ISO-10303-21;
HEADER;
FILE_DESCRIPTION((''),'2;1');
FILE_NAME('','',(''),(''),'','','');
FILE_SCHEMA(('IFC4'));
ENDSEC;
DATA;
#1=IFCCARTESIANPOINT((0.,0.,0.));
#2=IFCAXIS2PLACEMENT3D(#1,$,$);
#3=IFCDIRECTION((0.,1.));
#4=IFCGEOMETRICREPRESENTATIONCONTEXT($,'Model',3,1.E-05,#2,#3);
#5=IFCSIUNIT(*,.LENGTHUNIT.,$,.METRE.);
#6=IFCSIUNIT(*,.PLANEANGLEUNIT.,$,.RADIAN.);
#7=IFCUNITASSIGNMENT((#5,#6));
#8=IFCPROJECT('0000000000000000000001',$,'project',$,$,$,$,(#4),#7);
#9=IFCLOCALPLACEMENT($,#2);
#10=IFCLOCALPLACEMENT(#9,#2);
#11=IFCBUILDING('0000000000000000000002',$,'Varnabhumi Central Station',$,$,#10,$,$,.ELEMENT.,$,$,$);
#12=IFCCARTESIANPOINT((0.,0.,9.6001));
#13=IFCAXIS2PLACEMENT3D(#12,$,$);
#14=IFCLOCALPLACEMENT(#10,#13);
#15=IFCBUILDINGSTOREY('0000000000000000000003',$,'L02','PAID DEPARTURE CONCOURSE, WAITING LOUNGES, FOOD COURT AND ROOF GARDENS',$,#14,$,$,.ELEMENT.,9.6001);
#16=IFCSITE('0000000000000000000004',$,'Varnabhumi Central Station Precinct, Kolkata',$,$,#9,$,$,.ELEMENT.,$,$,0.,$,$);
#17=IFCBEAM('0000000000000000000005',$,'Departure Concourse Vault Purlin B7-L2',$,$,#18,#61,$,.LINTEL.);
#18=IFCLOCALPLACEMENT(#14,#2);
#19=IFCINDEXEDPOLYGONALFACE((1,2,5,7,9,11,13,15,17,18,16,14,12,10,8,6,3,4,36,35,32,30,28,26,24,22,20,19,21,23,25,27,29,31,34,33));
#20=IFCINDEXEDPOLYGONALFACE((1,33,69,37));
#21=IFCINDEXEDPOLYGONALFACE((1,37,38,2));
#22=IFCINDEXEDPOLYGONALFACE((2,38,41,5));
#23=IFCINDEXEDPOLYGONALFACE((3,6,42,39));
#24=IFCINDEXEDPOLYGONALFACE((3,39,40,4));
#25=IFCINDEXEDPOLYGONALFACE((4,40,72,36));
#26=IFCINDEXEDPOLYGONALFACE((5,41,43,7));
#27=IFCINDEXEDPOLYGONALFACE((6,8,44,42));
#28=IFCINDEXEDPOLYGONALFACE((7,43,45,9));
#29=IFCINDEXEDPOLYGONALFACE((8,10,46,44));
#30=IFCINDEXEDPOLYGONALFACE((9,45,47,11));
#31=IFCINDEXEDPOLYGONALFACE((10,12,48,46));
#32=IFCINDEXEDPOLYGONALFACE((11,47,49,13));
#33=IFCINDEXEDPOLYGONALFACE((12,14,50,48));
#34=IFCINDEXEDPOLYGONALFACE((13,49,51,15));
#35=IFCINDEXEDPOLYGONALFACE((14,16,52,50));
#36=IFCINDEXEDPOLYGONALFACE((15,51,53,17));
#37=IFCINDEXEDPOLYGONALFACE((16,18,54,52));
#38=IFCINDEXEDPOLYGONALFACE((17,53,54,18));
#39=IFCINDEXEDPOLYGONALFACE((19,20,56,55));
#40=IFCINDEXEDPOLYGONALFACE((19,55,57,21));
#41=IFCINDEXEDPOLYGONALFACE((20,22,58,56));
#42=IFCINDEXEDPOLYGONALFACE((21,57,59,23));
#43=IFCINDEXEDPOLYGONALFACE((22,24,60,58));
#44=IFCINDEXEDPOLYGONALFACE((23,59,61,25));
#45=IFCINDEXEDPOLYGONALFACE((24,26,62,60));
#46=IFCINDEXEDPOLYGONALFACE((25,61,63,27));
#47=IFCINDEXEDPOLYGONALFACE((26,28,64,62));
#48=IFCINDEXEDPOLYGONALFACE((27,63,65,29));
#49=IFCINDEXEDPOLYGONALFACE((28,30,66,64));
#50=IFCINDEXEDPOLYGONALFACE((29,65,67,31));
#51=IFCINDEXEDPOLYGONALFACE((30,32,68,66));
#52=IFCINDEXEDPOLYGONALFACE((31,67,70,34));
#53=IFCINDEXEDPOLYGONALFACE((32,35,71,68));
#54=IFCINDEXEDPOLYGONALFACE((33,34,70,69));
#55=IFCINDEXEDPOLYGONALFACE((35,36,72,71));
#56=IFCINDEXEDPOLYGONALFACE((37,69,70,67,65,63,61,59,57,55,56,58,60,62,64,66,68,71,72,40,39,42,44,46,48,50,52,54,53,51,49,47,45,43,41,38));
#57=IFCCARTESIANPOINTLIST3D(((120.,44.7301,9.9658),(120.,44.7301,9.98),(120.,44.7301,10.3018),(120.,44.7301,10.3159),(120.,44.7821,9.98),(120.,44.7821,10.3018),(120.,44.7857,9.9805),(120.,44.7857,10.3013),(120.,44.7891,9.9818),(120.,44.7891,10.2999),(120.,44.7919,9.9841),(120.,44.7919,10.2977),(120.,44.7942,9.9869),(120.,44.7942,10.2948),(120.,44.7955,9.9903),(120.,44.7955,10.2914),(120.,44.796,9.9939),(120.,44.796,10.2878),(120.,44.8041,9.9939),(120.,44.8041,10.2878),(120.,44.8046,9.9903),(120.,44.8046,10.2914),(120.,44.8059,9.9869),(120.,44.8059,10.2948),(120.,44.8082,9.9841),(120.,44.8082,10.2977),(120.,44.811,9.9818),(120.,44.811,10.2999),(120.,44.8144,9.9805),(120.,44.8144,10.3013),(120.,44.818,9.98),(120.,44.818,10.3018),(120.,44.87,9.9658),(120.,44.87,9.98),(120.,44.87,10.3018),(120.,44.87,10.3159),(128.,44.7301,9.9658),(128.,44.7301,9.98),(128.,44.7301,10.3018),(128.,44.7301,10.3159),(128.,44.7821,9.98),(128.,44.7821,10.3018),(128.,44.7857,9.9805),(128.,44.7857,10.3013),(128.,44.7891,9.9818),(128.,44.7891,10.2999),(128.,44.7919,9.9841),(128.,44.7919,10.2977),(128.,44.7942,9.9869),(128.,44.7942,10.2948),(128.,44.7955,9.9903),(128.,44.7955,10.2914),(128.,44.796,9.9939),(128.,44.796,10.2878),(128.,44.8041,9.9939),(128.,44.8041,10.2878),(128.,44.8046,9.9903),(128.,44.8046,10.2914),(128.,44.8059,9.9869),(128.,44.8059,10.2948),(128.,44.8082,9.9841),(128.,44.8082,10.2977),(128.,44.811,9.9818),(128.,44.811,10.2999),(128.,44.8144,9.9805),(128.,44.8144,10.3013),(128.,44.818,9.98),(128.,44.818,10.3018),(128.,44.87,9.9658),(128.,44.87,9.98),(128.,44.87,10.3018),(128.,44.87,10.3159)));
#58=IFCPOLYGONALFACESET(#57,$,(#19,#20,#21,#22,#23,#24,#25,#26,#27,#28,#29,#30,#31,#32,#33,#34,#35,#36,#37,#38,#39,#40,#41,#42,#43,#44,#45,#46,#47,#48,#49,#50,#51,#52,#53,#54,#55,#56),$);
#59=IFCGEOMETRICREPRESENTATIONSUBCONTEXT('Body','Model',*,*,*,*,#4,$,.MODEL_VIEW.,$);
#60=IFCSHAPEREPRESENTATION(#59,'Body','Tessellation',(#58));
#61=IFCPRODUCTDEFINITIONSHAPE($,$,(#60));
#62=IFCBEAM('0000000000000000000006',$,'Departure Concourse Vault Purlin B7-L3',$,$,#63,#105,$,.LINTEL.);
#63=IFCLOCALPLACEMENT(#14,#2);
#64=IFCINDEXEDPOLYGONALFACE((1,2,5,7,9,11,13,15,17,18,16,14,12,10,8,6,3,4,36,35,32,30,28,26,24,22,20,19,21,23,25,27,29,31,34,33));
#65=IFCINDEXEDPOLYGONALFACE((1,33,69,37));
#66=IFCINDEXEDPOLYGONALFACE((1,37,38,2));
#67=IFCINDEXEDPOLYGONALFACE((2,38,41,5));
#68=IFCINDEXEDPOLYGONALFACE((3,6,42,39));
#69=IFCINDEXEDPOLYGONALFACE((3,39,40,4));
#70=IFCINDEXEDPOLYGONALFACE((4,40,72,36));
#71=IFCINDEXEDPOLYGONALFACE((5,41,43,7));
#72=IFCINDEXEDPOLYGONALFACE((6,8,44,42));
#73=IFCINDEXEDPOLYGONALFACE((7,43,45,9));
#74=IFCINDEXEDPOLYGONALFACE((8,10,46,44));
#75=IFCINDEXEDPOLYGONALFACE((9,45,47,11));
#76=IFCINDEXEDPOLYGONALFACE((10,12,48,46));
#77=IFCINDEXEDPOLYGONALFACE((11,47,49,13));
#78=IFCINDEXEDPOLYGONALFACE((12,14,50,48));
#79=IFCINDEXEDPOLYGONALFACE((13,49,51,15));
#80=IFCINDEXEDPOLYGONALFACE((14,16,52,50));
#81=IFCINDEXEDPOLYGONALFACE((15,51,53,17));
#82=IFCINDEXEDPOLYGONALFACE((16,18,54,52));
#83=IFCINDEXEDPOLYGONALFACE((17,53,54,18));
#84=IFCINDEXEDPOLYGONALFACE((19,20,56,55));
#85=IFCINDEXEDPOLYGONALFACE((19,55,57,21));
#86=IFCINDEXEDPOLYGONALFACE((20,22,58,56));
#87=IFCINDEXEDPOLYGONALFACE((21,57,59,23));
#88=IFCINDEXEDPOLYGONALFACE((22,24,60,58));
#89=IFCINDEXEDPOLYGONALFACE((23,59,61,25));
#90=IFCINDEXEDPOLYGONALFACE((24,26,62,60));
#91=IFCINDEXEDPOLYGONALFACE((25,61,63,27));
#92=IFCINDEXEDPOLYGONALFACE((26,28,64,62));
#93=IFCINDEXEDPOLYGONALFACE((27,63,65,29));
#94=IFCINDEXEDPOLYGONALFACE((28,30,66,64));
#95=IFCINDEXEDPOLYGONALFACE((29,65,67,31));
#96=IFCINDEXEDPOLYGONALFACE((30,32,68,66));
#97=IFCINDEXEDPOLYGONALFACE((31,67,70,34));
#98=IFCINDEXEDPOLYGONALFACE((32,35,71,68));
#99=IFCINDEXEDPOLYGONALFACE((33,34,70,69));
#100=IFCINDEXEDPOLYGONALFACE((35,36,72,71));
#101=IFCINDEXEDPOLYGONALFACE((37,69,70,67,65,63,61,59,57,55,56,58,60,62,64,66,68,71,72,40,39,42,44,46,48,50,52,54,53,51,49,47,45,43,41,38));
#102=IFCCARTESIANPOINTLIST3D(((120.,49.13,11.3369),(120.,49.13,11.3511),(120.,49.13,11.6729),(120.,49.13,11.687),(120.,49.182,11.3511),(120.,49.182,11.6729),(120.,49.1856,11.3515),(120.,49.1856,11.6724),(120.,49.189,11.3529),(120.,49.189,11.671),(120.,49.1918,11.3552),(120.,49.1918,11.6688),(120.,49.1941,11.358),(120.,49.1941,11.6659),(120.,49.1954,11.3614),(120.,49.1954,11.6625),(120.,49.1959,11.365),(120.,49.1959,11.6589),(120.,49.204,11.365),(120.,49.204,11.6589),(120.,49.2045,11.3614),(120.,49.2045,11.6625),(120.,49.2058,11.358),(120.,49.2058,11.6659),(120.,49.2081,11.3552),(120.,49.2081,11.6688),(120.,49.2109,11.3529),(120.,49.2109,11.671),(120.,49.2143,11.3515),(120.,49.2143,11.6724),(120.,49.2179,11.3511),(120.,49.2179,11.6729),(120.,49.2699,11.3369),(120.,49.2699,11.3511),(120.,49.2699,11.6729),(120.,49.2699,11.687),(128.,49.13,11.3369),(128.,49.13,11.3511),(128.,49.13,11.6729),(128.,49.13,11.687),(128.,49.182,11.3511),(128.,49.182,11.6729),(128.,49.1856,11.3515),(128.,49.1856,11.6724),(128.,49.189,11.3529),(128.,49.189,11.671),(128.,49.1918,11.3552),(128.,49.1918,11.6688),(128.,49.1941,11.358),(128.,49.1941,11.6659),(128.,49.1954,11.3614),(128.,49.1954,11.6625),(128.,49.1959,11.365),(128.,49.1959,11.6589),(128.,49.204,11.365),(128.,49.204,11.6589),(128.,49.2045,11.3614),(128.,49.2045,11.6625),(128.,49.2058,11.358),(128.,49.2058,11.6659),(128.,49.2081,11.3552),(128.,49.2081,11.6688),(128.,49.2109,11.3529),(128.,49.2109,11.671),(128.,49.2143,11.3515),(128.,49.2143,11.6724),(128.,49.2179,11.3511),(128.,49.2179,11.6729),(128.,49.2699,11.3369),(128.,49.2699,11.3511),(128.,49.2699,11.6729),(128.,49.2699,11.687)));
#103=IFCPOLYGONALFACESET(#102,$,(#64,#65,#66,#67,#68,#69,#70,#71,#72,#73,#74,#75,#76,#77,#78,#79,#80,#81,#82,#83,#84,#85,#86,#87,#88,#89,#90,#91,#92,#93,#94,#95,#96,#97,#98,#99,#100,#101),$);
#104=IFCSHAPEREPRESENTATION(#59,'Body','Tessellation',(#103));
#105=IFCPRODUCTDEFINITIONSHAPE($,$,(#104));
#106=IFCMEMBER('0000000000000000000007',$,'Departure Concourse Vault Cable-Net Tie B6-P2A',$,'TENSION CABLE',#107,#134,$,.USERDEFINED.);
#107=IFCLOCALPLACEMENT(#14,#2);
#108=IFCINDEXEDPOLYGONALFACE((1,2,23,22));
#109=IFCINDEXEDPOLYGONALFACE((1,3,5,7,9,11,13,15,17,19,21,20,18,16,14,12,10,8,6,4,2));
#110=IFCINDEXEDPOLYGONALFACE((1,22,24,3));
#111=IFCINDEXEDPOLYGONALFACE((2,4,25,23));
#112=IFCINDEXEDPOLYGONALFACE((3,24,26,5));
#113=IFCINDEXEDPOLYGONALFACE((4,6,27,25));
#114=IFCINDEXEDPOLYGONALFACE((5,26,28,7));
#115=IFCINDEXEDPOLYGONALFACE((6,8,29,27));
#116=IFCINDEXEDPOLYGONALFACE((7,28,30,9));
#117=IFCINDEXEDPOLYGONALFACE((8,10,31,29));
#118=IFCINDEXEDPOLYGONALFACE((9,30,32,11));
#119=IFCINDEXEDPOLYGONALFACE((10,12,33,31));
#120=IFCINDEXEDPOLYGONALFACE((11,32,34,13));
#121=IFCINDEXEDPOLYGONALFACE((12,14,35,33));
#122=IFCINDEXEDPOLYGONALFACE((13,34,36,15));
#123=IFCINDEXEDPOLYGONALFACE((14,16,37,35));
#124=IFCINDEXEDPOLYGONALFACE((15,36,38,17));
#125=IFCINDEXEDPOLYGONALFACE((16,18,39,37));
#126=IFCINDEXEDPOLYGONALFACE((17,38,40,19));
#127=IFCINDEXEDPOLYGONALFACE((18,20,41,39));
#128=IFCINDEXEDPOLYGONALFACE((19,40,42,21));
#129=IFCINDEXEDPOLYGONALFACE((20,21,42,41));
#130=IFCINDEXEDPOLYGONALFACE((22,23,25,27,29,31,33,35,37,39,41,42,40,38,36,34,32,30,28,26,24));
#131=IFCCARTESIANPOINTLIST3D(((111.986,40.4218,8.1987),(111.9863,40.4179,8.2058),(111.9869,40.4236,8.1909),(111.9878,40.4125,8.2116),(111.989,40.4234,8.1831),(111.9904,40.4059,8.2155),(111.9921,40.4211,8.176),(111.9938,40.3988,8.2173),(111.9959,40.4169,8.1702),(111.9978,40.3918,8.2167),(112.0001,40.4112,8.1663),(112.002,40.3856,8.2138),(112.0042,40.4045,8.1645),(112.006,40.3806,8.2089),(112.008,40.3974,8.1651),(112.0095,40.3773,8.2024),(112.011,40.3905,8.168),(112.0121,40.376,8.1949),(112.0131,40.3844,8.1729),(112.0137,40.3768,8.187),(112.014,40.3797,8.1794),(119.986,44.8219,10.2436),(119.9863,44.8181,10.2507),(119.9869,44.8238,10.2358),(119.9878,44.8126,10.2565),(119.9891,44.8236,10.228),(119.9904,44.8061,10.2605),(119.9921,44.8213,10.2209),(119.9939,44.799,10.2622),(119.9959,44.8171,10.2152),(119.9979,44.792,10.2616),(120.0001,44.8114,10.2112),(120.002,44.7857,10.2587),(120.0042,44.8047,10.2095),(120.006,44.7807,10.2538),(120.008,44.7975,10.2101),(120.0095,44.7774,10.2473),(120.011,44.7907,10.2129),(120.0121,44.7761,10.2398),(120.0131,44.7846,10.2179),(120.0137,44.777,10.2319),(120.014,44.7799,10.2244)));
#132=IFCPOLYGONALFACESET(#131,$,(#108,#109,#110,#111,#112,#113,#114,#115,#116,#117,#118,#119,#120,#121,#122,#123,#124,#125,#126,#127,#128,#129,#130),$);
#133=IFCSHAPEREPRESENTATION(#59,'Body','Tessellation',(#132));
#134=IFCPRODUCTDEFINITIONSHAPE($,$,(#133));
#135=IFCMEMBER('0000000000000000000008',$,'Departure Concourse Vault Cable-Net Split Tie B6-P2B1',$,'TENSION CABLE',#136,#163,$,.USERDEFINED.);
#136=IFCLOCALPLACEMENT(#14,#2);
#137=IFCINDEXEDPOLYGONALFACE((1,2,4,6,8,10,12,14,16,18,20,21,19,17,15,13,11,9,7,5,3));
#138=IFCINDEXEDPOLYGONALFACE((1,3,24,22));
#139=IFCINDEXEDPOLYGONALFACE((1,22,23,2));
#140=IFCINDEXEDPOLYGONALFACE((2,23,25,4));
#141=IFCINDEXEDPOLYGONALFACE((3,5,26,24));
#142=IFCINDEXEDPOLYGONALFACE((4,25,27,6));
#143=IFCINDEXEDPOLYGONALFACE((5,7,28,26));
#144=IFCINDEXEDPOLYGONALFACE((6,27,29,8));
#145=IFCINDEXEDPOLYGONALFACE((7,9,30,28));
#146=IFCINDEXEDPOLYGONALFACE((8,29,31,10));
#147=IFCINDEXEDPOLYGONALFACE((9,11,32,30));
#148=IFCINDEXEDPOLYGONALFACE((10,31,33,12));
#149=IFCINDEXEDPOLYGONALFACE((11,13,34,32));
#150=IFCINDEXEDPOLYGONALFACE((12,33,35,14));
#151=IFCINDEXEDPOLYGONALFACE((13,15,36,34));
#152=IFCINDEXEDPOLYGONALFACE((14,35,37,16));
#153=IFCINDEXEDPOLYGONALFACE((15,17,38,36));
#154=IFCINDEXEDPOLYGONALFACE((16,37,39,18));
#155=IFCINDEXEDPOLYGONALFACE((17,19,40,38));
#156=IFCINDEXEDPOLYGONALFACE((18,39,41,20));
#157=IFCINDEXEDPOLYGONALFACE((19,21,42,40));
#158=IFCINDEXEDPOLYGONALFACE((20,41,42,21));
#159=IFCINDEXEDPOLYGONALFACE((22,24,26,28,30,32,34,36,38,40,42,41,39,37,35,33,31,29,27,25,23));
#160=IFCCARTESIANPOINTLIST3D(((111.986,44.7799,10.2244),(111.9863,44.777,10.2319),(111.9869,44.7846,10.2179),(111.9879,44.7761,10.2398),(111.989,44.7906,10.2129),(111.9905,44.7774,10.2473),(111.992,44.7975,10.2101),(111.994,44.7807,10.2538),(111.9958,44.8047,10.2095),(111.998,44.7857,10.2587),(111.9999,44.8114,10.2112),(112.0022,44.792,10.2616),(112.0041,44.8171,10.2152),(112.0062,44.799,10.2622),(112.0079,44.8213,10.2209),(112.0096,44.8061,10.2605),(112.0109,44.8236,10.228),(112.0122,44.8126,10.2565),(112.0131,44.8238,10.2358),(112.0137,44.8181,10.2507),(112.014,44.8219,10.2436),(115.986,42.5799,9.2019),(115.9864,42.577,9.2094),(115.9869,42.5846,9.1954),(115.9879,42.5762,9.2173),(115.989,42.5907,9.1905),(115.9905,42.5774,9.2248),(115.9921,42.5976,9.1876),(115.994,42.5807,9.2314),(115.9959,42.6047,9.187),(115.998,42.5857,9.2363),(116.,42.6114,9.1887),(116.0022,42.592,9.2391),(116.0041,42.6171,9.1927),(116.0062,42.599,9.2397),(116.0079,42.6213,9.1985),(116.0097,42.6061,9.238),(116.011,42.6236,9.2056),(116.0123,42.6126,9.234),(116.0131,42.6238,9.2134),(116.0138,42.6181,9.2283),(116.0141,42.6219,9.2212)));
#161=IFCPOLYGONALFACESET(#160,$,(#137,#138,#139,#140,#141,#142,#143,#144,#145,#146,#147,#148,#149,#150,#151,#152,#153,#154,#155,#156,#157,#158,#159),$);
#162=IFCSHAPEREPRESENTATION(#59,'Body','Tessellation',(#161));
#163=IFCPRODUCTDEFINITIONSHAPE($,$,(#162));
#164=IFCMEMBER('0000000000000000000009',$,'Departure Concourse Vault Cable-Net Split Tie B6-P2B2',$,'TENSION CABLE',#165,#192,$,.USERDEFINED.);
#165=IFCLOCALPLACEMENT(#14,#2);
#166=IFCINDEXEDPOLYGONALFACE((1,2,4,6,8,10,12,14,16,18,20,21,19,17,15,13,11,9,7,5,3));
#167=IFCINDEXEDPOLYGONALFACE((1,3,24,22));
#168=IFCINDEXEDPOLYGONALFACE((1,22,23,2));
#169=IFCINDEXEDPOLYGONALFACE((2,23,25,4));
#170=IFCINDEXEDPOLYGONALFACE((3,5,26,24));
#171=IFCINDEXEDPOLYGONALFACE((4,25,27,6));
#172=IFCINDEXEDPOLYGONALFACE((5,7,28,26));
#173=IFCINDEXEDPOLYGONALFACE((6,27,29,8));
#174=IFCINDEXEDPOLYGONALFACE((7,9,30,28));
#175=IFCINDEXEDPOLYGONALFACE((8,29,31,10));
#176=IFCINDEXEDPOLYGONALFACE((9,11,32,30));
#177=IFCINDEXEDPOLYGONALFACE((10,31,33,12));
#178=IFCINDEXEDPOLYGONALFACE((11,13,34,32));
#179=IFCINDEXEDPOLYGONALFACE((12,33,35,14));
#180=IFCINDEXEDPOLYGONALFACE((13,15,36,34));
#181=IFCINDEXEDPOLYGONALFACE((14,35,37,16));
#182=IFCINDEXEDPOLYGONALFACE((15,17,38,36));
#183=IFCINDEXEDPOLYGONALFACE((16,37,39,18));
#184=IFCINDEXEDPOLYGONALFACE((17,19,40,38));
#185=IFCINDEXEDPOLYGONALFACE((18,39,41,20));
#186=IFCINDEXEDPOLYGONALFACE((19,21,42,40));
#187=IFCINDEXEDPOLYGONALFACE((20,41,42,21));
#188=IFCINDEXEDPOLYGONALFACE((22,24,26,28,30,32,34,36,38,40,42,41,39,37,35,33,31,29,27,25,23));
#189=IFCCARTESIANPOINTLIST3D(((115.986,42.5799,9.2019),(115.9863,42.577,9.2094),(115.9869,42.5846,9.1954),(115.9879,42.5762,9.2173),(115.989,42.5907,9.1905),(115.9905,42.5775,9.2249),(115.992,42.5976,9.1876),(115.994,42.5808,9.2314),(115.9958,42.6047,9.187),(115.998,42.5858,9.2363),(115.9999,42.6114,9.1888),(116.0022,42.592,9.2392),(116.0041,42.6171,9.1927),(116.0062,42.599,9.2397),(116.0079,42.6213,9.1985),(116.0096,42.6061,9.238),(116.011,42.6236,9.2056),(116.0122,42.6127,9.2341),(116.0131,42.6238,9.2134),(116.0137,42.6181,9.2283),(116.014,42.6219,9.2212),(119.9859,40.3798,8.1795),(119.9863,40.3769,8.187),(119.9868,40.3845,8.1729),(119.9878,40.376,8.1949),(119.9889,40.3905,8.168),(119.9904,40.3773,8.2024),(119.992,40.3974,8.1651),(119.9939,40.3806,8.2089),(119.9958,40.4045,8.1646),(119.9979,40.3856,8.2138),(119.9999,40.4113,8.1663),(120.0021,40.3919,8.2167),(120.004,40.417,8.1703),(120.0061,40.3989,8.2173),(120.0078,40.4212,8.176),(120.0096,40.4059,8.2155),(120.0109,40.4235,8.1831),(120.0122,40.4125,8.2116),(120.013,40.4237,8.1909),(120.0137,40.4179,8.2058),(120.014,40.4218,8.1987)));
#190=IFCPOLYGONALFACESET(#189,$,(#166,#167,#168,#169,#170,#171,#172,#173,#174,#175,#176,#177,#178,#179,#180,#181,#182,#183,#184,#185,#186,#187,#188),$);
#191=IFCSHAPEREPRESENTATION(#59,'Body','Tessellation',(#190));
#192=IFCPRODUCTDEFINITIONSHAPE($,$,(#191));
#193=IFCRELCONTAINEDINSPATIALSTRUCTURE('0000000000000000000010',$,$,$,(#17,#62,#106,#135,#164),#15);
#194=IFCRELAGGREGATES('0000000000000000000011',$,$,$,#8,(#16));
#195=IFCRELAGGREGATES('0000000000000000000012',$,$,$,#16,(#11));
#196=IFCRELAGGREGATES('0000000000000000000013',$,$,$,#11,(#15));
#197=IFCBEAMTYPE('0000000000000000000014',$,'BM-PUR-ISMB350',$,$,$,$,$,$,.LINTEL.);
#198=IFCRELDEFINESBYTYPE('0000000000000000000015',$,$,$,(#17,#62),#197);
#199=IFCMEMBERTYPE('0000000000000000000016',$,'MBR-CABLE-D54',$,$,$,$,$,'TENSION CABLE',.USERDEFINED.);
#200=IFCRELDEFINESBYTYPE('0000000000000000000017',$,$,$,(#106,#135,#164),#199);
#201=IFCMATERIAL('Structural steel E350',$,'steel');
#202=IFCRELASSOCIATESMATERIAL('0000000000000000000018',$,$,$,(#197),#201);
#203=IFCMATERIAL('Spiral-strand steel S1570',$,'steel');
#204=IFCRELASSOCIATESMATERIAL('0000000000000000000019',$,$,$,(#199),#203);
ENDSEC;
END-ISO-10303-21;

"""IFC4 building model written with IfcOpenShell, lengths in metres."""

from ifc_helpers import new_model, si_unit, direction, frame, origin, origin_2d, place, context, subcontext, project, spatial, circle, i_section, extrude, material, material_profile, profile_set, type_object, element, save


model = new_model("IFC4")

# Units and contexts
model_context = context("Model", 3, precision=1e-05, world=origin(), true_north=direction((0.0, 1.0)))
body_context = subcontext(model_context, "Body", "Model", "MODEL_VIEW")
ifc_project = project(units=[si_unit("LENGTHUNIT", "METRE"), si_unit("PLANEANGLEUNIT", "RADIAN")], contexts=[model_context])

# Site, building, storey
site_placement = place(None, origin())
site = spatial("IfcSite", under=ifc_project, at=site_placement, Name="Varnabhumi Central Station Precinct, Kolkata", CompositionType="ELEMENT", RefElevation=0.0)
building_placement = place(site_placement, origin())
building = spatial("IfcBuilding", under=site, at=building_placement, Name="Varnabhumi Central Station", CompositionType="ELEMENT")
storey_placement = place(building_placement, frame((0.0, 0.0, 9.6001)))
storey = spatial("IfcBuildingStorey", under=building, at=storey_placement, Name="L02", Description="PAID DEPARTURE CONCOURSE, WAITING LOUNGES, FOOD COURT AND ROOF GARDENS", CompositionType="ELEMENT", Elevation=9.6001)

# Beams
ifc_material_1 = material(Name="Structural steel E350", Category="steel")
ifc_material_profile_1 = material_profile(ifc_material_1, i_section(OverallWidth=0.1399, OverallDepth=0.3501, WebThickness=0.0081, FlangeThickness=0.0142, FilletRadius=0.0139, at=origin_2d()), Name="Structural steel E350", Category="steel")
ifc_profile_set_1 = profile_set([ifc_material_profile_1], Name="Structural steel E350")
beam_type_1 = type_object("IfcBeamType", Name="BM-PUR-ISMB350", PredefinedType="LINTEL", material=ifc_profile_set_1)
for number, where, z_axis, x_axis, name in (
    (1, (120.0, 44.8, 10.1409), (1.0, 0.0, 0.0), (0.0, 1.0, 0.0), "Departure Concourse Vault Purlin B7-L2"),
    (2, (120.0, 49.2, 11.512), (1.0, 0.0, 0.0), (0.0, 1.0, 0.0), "Departure Concourse Vault Purlin B7-L3"),
):
    element("IfcBeam", number, at=place(storey_placement, frame(where, z_axis=z_axis, x_axis=x_axis)), inside=storey, type_object=beam_type_1, Name=name, PredefinedType="LINTEL", context=body_context, shape_type="SweptSolid", body=[
        extrude(i_section(OverallWidth=0.1399, OverallDepth=0.3501, WebThickness=0.0081, FlangeThickness=0.0142, FilletRadius=0.0139, at=origin_2d()), origin(), (0.0, 0.0, 1.0), 8.0),
    ])

# Members
ifc_material_2 = material(Name="Spiral-strand steel S1570", Category="steel")
ifc_material_profile_2 = material_profile(ifc_material_2, circle(Radius=0.0271, at=origin_2d()), Name="Spiral-strand steel S1570", Category="steel")
ifc_profile_set_2 = profile_set([ifc_material_profile_2], Name="Spiral-strand steel S1570")
member_type = type_object("IfcMemberType", Name="MBR-CABLE-D54", ElementType="TENSION CABLE", PredefinedType="USERDEFINED", material=ifc_profile_set_2)
member_1_placement = place(storey_placement, frame((112.0, 40.3999, 8.1909), z_axis=(0.855026, 0.47028, 0.218558), x_axis=(-0.481931, 0.876209, 0.0)))
element("IfcMember", 3, at=member_1_placement, inside=storey, type_object=member_type, Name="Departure Concourse Vault Cable-Net Tie B6-P2A", ObjectType="TENSION CABLE", PredefinedType="USERDEFINED", context=body_context, shape_type="SweptSolid", body=[
    extrude(circle(Radius=0.0271, at=origin_2d()), origin(), (0.0, 0.0, 1.0), 9.3564),
])
for number, where, z_axis, x_axis, name in (
    (4, (112.0, 44.8, 10.2358), (0.855036, -0.47026, -0.21856), (0.481911, 0.87622, 0.0), "Departure Concourse Vault Cable-Net Split Tie B6-P2B1"),
    (5, (116.0, 42.6001, 9.2134), (0.855015, -0.4703, -0.218555), (0.481952, 0.876198, 0.0), "Departure Concourse Vault Cable-Net Split Tie B6-P2B2"),
):
    element("IfcMember", number, at=place(storey_placement, frame(where, z_axis=z_axis, x_axis=x_axis)), inside=storey, type_object=member_type, Name=name, ObjectType="TENSION CABLE", PredefinedType="USERDEFINED", context=body_context, shape_type="SweptSolid", body=[
        extrude(circle(Radius=0.0271, at=origin_2d()), origin(), (0.0, 0.0, 1.0), 4.6782),
    ])

save(model, "model.ifc")
